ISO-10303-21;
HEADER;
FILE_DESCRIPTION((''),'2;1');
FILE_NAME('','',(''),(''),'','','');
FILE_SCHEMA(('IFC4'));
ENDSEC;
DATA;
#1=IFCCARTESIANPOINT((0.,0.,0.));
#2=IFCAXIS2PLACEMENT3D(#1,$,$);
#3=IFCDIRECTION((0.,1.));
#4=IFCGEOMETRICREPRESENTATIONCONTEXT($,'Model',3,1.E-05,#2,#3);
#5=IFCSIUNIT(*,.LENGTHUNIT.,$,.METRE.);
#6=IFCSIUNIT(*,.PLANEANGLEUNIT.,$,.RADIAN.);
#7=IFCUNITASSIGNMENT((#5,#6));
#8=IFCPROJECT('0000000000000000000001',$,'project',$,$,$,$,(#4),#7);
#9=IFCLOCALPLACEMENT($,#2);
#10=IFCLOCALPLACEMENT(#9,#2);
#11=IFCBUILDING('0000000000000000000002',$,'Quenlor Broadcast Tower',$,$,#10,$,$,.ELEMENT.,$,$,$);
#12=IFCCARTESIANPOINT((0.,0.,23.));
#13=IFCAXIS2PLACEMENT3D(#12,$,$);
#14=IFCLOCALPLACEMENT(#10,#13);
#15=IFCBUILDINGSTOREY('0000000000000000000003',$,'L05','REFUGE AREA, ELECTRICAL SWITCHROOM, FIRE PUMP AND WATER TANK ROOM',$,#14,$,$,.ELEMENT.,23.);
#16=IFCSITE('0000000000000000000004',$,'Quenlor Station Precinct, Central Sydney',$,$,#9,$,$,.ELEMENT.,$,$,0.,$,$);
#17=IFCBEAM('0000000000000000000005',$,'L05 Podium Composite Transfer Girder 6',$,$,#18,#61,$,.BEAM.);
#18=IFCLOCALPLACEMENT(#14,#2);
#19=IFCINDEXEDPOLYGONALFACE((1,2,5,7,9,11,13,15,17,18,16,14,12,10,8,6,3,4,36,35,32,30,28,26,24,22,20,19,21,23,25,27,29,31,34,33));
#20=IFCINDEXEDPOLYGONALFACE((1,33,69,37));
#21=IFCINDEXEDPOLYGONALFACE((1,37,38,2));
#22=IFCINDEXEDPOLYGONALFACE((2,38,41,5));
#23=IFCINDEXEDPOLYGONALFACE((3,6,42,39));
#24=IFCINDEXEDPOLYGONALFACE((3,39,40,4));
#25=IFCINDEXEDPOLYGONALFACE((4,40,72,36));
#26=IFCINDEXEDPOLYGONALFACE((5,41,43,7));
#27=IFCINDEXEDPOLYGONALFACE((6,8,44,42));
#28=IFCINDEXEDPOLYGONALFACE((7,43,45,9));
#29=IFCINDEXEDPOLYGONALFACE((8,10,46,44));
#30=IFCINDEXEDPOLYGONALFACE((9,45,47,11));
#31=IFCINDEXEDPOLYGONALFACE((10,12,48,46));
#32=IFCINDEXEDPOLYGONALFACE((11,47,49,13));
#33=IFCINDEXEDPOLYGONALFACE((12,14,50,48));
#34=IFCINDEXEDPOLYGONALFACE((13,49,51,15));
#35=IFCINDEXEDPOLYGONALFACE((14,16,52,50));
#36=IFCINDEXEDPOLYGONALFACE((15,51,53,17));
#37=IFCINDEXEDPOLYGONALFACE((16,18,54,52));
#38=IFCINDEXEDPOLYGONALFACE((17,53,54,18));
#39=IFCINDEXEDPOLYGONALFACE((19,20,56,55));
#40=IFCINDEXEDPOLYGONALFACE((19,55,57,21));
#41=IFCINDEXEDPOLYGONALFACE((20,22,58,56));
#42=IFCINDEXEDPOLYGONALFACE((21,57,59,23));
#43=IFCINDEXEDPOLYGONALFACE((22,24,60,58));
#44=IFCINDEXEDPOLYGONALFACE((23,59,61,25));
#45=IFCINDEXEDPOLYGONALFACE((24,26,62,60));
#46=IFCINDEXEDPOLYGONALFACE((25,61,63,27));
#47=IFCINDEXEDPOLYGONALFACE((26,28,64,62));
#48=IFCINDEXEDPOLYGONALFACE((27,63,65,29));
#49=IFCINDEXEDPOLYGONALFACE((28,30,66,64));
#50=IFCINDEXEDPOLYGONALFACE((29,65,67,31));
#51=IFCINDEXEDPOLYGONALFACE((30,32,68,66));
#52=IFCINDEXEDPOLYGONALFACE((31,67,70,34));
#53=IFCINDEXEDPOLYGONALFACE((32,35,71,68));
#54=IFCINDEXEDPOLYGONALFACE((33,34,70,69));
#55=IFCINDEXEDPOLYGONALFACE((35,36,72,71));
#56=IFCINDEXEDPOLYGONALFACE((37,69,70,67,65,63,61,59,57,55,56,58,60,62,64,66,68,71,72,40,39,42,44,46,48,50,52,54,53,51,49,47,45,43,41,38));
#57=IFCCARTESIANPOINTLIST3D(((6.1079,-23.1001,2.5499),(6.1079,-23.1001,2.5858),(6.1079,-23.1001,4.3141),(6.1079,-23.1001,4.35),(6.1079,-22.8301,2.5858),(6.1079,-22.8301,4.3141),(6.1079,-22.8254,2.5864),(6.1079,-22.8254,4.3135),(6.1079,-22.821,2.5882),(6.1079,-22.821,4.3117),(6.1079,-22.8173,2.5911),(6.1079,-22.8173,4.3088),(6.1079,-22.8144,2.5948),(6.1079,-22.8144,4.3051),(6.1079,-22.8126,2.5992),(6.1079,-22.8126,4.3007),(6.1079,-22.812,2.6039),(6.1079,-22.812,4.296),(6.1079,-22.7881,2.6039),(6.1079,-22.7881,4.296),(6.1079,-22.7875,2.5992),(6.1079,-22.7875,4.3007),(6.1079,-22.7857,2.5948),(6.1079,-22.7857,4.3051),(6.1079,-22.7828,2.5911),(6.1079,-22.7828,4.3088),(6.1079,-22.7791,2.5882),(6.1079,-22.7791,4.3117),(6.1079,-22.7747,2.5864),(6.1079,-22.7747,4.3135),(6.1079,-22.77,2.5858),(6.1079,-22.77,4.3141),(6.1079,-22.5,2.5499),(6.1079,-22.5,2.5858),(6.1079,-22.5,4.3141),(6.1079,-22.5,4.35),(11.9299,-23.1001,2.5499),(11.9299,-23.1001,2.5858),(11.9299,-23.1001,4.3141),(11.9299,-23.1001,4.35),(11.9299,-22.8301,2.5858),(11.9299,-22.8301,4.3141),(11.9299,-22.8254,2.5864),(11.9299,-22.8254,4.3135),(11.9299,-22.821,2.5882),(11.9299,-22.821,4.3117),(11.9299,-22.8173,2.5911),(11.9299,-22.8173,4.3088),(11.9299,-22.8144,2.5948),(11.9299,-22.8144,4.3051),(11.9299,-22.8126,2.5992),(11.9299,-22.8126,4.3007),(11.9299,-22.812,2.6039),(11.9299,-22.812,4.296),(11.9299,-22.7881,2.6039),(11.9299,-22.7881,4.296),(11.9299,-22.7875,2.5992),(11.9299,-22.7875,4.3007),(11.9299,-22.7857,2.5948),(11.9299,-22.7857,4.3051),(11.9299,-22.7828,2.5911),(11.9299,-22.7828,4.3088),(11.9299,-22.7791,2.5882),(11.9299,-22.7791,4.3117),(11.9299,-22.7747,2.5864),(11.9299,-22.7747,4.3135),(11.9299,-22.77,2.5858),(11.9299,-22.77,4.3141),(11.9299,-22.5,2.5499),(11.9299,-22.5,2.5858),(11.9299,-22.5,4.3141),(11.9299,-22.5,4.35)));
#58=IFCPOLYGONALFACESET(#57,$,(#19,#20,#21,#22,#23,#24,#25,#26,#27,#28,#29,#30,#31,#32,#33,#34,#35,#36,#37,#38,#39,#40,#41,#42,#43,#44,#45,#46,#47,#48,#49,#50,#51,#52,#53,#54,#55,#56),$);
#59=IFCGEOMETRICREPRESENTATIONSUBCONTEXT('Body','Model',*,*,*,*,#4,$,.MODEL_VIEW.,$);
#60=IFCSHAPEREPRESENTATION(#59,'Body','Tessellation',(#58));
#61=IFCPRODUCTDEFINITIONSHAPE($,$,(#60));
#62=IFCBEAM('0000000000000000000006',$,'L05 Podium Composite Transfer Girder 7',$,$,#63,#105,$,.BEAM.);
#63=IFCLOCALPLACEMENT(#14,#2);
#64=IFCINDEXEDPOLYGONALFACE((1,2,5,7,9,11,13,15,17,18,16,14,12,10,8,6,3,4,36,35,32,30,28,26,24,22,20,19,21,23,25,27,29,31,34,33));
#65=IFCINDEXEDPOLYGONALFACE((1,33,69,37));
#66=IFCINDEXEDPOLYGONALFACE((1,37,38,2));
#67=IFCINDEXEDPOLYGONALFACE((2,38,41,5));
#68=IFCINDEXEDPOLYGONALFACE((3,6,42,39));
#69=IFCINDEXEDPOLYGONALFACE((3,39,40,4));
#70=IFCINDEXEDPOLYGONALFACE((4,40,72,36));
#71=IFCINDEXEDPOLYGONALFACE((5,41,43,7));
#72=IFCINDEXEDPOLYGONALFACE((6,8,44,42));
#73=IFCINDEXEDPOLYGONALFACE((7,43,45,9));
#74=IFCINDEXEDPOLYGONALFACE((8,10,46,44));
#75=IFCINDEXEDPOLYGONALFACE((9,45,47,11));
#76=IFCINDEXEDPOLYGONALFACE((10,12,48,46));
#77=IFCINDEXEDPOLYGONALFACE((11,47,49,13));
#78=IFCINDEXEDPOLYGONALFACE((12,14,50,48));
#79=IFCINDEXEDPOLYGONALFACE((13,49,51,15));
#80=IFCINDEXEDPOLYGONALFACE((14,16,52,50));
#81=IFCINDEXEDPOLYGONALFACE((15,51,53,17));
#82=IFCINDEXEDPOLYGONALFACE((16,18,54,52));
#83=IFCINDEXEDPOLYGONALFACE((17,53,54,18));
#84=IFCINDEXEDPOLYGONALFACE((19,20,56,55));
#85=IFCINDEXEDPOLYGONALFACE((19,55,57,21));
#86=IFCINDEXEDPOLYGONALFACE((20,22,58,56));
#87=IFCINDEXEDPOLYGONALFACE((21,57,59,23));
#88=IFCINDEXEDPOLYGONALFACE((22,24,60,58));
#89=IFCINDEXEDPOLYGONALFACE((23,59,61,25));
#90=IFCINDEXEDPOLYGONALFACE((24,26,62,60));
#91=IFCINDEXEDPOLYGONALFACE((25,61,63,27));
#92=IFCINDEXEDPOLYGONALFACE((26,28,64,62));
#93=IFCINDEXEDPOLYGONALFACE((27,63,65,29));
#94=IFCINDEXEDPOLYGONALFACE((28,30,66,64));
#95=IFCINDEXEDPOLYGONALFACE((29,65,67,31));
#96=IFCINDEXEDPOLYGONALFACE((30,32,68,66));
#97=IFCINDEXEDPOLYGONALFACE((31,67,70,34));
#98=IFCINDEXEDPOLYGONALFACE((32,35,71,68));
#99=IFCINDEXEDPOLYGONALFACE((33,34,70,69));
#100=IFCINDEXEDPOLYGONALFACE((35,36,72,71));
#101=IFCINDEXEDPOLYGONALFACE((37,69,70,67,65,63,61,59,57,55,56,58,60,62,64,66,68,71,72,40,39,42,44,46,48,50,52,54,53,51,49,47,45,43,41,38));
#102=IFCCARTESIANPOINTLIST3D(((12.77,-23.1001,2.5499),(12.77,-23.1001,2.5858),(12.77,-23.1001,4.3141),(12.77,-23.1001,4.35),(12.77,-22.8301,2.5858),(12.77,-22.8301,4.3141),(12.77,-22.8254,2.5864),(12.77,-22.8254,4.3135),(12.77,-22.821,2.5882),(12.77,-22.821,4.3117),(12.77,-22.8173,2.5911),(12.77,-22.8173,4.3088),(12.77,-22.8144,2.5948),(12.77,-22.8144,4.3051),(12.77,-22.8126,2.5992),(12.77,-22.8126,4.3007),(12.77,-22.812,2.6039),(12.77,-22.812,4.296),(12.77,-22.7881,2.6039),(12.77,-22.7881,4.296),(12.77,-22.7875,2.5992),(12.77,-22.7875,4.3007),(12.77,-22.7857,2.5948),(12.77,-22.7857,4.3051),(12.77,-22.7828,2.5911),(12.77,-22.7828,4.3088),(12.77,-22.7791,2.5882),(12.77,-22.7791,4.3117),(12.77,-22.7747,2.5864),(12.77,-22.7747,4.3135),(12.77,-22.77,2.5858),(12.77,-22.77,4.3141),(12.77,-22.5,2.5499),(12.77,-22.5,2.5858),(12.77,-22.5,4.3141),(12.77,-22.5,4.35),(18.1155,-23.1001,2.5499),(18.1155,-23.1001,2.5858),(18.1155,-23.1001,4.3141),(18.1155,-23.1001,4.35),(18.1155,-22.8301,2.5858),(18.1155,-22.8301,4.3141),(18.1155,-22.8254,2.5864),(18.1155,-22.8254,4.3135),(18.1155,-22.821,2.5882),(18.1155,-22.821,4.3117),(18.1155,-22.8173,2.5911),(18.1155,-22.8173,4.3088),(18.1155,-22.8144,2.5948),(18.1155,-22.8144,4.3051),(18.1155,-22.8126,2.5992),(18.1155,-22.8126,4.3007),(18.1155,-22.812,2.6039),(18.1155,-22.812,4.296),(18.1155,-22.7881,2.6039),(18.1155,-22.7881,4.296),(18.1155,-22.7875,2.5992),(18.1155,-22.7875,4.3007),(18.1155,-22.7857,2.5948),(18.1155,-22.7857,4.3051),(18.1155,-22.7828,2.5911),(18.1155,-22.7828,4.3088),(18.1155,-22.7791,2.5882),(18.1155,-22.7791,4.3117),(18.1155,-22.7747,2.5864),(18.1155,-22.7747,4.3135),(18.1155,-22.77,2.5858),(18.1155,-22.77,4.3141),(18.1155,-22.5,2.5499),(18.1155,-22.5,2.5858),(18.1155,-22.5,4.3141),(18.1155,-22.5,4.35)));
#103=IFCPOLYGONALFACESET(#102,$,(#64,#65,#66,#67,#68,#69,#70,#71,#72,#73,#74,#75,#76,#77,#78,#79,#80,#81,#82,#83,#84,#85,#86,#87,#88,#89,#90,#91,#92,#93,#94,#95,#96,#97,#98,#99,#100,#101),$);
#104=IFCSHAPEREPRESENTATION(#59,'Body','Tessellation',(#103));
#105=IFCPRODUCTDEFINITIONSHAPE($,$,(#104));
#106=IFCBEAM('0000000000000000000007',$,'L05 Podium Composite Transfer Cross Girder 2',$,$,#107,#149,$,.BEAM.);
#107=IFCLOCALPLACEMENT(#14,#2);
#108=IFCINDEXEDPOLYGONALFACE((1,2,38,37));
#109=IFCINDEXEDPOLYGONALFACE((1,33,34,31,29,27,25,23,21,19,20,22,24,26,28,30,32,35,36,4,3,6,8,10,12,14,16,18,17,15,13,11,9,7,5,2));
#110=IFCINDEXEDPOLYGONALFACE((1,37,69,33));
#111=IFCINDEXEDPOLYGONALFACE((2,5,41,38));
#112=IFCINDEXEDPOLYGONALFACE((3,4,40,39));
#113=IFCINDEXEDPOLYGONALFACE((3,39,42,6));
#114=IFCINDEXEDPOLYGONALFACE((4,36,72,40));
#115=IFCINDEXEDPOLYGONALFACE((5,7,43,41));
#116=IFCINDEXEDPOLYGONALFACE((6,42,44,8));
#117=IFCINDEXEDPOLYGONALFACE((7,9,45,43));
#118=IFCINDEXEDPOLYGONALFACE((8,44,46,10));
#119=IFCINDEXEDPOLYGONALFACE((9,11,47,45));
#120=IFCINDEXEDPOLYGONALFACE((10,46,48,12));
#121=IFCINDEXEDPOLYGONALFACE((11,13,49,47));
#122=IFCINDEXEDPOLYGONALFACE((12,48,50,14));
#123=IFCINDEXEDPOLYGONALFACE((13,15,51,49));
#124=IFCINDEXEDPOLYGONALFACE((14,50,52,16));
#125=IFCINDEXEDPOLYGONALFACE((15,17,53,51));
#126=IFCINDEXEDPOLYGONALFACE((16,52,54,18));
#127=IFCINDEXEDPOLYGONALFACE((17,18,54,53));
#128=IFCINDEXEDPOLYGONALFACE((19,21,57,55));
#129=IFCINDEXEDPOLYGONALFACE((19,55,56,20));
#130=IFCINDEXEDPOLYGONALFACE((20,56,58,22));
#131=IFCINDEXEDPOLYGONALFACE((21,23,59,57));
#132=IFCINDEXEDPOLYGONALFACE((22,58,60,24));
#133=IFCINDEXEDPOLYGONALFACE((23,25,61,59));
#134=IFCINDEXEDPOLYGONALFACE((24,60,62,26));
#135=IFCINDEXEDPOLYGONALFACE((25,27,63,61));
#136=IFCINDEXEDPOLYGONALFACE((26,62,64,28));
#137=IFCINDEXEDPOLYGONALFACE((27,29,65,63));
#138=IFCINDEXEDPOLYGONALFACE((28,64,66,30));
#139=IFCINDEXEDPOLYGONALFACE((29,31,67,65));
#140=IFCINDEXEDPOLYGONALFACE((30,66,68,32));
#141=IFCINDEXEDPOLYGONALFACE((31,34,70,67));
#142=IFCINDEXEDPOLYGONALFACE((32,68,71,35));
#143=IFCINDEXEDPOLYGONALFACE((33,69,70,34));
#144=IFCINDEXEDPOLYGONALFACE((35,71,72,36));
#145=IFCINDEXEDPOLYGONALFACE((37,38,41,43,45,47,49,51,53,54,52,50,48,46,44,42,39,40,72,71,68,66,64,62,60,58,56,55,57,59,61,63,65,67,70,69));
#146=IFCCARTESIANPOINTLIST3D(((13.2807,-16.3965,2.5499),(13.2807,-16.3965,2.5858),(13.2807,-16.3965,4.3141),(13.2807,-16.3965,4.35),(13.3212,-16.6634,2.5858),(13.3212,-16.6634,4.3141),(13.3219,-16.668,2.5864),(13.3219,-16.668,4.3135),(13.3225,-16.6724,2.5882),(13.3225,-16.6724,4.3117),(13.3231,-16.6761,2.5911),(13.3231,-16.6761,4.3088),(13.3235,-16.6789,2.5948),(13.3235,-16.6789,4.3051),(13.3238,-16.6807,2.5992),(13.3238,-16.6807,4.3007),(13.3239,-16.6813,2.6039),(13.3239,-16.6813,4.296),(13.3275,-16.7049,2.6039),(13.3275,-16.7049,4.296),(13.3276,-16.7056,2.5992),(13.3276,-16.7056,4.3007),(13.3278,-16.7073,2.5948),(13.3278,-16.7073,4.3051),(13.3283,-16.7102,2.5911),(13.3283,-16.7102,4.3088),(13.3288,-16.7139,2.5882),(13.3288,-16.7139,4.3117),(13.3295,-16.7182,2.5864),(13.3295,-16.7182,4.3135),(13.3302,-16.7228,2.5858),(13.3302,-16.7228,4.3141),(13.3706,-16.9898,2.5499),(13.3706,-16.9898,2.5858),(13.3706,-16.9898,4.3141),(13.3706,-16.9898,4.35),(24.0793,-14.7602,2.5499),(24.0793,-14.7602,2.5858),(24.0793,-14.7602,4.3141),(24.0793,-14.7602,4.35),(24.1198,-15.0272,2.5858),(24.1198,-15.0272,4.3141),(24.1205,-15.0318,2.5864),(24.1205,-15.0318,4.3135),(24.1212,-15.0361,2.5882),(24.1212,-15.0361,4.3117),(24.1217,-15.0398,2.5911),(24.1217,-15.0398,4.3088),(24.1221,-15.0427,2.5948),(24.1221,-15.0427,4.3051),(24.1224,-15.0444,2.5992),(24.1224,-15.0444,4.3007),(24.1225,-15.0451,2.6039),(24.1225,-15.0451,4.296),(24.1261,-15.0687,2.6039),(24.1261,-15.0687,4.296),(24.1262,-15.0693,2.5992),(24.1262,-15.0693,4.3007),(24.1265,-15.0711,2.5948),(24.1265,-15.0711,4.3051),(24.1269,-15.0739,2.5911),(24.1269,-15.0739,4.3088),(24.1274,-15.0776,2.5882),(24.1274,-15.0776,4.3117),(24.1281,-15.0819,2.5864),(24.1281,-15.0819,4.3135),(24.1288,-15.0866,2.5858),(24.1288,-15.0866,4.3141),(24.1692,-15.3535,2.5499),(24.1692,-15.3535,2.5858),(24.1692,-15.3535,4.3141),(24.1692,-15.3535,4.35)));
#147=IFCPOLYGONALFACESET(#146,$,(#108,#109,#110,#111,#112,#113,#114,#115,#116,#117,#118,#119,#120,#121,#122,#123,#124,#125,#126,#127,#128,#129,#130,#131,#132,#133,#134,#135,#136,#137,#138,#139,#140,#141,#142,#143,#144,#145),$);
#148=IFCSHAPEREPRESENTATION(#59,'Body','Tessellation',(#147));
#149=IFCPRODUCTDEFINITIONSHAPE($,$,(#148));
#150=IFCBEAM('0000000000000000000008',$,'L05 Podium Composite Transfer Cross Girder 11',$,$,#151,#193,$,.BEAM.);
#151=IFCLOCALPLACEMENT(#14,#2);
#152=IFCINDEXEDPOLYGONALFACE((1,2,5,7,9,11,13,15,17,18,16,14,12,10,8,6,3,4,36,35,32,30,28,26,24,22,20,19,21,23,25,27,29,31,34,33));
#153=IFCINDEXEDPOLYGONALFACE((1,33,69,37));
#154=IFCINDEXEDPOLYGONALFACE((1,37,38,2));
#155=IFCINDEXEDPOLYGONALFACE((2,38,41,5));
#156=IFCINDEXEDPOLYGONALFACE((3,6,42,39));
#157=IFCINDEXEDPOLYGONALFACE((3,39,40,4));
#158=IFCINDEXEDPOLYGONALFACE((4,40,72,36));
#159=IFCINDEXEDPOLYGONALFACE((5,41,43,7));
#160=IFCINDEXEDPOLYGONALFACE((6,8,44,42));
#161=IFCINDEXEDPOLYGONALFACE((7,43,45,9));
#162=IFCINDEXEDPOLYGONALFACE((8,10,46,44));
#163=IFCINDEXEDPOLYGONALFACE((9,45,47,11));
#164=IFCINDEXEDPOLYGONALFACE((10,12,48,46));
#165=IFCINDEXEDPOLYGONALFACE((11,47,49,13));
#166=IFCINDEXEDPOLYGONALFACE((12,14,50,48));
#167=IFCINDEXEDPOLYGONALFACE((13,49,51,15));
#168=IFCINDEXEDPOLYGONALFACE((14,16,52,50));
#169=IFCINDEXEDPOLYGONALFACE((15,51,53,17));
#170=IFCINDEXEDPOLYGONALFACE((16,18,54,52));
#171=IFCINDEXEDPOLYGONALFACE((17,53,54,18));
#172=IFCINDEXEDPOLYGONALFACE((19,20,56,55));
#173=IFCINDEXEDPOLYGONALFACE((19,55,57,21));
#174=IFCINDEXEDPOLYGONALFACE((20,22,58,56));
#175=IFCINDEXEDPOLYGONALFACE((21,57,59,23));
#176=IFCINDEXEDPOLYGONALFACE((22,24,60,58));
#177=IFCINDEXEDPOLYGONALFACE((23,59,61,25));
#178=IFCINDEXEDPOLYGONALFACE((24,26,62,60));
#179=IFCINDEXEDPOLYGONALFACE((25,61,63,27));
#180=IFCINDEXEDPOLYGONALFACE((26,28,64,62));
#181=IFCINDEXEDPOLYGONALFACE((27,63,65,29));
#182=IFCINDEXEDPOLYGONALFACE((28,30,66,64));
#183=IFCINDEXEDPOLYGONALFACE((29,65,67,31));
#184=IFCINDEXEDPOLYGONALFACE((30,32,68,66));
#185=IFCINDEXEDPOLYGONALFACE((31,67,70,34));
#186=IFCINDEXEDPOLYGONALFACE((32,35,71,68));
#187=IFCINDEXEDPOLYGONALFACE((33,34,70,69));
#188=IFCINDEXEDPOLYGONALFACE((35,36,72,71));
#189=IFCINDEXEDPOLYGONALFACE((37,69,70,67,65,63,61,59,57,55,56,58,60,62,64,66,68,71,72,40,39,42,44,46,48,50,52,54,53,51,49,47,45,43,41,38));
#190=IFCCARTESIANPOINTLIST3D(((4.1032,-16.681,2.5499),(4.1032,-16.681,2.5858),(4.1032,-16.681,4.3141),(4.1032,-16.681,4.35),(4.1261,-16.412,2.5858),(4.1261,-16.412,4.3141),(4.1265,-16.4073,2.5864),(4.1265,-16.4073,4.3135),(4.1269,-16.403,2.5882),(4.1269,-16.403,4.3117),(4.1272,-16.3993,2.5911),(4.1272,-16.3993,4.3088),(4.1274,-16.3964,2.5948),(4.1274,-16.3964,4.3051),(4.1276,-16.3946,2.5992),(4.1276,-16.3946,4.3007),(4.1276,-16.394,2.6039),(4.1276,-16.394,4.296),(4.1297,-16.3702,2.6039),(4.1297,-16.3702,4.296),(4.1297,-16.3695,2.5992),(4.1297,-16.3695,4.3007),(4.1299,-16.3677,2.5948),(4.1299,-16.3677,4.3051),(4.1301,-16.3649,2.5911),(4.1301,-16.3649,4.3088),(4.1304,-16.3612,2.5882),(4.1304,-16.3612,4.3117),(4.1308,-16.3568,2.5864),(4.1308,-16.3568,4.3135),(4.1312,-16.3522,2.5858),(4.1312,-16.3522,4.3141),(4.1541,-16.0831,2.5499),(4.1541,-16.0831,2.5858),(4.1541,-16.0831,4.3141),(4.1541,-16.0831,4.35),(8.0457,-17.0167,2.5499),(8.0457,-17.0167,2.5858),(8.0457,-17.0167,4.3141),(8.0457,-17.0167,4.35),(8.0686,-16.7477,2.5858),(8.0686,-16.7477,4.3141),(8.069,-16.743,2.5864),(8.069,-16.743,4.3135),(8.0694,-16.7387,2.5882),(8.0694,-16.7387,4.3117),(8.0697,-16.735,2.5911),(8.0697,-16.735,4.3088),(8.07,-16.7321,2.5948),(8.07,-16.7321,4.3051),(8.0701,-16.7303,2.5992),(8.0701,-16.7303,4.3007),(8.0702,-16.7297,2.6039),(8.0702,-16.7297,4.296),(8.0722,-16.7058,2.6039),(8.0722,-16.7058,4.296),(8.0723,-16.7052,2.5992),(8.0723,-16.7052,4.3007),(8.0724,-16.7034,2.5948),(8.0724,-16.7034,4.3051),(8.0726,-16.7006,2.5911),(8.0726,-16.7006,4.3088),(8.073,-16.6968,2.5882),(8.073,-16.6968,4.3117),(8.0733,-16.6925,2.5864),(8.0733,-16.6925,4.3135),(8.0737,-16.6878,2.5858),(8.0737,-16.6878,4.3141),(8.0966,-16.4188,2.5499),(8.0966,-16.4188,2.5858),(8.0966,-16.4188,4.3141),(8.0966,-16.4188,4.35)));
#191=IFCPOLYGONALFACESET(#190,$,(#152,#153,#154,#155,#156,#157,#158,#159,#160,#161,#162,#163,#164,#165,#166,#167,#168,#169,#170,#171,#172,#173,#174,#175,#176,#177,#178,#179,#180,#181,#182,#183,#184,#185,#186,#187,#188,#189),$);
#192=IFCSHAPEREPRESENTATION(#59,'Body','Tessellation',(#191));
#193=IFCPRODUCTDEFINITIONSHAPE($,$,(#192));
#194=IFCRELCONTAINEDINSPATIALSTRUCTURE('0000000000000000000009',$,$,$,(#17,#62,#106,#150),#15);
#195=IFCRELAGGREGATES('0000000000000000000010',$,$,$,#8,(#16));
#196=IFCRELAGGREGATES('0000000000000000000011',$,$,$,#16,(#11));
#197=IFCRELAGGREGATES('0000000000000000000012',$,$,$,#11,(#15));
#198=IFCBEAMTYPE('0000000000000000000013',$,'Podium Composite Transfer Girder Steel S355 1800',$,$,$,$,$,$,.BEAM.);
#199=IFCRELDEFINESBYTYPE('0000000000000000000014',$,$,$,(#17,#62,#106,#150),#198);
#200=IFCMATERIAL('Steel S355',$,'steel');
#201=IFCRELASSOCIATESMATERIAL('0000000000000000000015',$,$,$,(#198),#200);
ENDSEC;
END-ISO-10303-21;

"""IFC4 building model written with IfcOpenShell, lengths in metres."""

from ifc_helpers import new_model, si_unit, direction, frame, origin, origin_2d, place, context, subcontext, project, spatial, i_section, extrude, material, material_profile, profile_set, type_object, element, save


model = new_model("IFC4")

# Units and contexts
model_context = context("Model", 3, precision=1e-05, world=origin(), true_north=direction((0.0, 1.0)))
body_context = subcontext(model_context, "Body", "Model", "MODEL_VIEW")
ifc_project = project(units=[si_unit("LENGTHUNIT", "METRE"), si_unit("PLANEANGLEUNIT", "RADIAN")], contexts=[model_context])

# Site, building, storey
site_placement = place(None, origin())
site = spatial("IfcSite", under=ifc_project, at=site_placement, Name="Quenlor Station Precinct, Central Sydney", CompositionType="ELEMENT", RefElevation=0.0)
building_placement = place(site_placement, origin())
building = spatial("IfcBuilding", under=site, at=building_placement, Name="Quenlor Broadcast Tower", CompositionType="ELEMENT")
storey_placement = place(building_placement, frame((0.0, 0.0, 23.0)))
storey = spatial("IfcBuildingStorey", under=building, at=storey_placement, Name="L05", Description="REFUGE AREA, ELECTRICAL SWITCHROOM, FIRE PUMP AND WATER TANK ROOM", CompositionType="ELEMENT", Elevation=23.0)

# Beams
ifc_material_1 = material(Name="Steel S355", Category="steel")
ifc_material_profile_1 = material_profile(ifc_material_1, i_section(OverallWidth=0.6001, OverallDepth=1.8, WebThickness=0.0239, FlangeThickness=0.0359, FilletRadius=0.0181, at=origin_2d()))
ifc_profile_set_1 = profile_set([ifc_material_profile_1], Name="Steel S355 1800TG620")
beam_type = type_object("IfcBeamType", Name="Podium Composite Transfer Girder Steel S355 1800", PredefinedType="BEAM", material=ifc_profile_set_1)
beam_1_placement = place(storey_placement, frame((6.1079, -22.8, 3.45), z_axis=(1.0, 0.0, 0.0), x_axis=(0.0, 1.0, 0.0)))
element("IfcBeam", 1, at=beam_1_placement, inside=storey, type_object=beam_type, Name="L05 Podium Composite Transfer Girder 6", PredefinedType="BEAM", context=body_context, shape_type="SweptSolid", body=[
    extrude(i_section(OverallWidth=0.6001, OverallDepth=1.8, WebThickness=0.0239, FlangeThickness=0.0359, FilletRadius=0.0181, at=origin_2d()), origin(), (0.0, 0.0, 1.0), 5.822),
])
beam_2_placement = place(storey_placement, frame((12.77, -22.8, 3.45), z_axis=(1.0, 0.0, 0.0), x_axis=(0.0, 1.0, 0.0)))
element("IfcBeam", 2, at=beam_2_placement, inside=storey, type_object=beam_type, Name="L05 Podium Composite Transfer Girder 7", PredefinedType="BEAM", context=body_context, shape_type="SweptSolid", body=[
    extrude(i_section(OverallWidth=0.6001, OverallDepth=1.8, WebThickness=0.0239, FlangeThickness=0.0359, FilletRadius=0.0181, at=origin_2d()), origin(), (0.0, 0.0, 1.0), 5.3455),
])
beam_3_placement = place(storey_placement, frame((13.3257, -16.6931, 3.45), z_axis=(0.988714, 0.149813, 0.0), x_axis=(-0.149813, 0.988714, 0.0)))
element("IfcBeam", 3, at=beam_3_placement, inside=storey, type_object=beam_type, Name="L05 Podium Composite Transfer Cross Girder 2", PredefinedType="BEAM", context=body_context, shape_type="SweptSolid", body=[
    extrude(i_section(OverallWidth=0.6001, OverallDepth=1.8, WebThickness=0.0239, FlangeThickness=0.0359, FilletRadius=0.0181, at=origin_2d()), origin(), (0.0, 0.0, 1.0), 10.9219),
])
beam_4_placement = place(storey_placement, frame((4.1287, -16.3821, 3.45), z_axis=(0.996395, -0.084838, 0.0), x_axis=(0.084838, 0.996395, 0.0)))
element("IfcBeam", 4, at=beam_4_placement, inside=storey, type_object=beam_type, Name="L05 Podium Composite Transfer Cross Girder 11", PredefinedType="BEAM", context=body_context, shape_type="SweptSolid", body=[
    extrude(i_section(OverallWidth=0.6001, OverallDepth=1.8, WebThickness=0.0239, FlangeThickness=0.0359, FilletRadius=0.0181, at=origin_2d()), origin(), (0.0, 0.0, 1.0), 3.9568),
])

save(model, "model.ifc")
